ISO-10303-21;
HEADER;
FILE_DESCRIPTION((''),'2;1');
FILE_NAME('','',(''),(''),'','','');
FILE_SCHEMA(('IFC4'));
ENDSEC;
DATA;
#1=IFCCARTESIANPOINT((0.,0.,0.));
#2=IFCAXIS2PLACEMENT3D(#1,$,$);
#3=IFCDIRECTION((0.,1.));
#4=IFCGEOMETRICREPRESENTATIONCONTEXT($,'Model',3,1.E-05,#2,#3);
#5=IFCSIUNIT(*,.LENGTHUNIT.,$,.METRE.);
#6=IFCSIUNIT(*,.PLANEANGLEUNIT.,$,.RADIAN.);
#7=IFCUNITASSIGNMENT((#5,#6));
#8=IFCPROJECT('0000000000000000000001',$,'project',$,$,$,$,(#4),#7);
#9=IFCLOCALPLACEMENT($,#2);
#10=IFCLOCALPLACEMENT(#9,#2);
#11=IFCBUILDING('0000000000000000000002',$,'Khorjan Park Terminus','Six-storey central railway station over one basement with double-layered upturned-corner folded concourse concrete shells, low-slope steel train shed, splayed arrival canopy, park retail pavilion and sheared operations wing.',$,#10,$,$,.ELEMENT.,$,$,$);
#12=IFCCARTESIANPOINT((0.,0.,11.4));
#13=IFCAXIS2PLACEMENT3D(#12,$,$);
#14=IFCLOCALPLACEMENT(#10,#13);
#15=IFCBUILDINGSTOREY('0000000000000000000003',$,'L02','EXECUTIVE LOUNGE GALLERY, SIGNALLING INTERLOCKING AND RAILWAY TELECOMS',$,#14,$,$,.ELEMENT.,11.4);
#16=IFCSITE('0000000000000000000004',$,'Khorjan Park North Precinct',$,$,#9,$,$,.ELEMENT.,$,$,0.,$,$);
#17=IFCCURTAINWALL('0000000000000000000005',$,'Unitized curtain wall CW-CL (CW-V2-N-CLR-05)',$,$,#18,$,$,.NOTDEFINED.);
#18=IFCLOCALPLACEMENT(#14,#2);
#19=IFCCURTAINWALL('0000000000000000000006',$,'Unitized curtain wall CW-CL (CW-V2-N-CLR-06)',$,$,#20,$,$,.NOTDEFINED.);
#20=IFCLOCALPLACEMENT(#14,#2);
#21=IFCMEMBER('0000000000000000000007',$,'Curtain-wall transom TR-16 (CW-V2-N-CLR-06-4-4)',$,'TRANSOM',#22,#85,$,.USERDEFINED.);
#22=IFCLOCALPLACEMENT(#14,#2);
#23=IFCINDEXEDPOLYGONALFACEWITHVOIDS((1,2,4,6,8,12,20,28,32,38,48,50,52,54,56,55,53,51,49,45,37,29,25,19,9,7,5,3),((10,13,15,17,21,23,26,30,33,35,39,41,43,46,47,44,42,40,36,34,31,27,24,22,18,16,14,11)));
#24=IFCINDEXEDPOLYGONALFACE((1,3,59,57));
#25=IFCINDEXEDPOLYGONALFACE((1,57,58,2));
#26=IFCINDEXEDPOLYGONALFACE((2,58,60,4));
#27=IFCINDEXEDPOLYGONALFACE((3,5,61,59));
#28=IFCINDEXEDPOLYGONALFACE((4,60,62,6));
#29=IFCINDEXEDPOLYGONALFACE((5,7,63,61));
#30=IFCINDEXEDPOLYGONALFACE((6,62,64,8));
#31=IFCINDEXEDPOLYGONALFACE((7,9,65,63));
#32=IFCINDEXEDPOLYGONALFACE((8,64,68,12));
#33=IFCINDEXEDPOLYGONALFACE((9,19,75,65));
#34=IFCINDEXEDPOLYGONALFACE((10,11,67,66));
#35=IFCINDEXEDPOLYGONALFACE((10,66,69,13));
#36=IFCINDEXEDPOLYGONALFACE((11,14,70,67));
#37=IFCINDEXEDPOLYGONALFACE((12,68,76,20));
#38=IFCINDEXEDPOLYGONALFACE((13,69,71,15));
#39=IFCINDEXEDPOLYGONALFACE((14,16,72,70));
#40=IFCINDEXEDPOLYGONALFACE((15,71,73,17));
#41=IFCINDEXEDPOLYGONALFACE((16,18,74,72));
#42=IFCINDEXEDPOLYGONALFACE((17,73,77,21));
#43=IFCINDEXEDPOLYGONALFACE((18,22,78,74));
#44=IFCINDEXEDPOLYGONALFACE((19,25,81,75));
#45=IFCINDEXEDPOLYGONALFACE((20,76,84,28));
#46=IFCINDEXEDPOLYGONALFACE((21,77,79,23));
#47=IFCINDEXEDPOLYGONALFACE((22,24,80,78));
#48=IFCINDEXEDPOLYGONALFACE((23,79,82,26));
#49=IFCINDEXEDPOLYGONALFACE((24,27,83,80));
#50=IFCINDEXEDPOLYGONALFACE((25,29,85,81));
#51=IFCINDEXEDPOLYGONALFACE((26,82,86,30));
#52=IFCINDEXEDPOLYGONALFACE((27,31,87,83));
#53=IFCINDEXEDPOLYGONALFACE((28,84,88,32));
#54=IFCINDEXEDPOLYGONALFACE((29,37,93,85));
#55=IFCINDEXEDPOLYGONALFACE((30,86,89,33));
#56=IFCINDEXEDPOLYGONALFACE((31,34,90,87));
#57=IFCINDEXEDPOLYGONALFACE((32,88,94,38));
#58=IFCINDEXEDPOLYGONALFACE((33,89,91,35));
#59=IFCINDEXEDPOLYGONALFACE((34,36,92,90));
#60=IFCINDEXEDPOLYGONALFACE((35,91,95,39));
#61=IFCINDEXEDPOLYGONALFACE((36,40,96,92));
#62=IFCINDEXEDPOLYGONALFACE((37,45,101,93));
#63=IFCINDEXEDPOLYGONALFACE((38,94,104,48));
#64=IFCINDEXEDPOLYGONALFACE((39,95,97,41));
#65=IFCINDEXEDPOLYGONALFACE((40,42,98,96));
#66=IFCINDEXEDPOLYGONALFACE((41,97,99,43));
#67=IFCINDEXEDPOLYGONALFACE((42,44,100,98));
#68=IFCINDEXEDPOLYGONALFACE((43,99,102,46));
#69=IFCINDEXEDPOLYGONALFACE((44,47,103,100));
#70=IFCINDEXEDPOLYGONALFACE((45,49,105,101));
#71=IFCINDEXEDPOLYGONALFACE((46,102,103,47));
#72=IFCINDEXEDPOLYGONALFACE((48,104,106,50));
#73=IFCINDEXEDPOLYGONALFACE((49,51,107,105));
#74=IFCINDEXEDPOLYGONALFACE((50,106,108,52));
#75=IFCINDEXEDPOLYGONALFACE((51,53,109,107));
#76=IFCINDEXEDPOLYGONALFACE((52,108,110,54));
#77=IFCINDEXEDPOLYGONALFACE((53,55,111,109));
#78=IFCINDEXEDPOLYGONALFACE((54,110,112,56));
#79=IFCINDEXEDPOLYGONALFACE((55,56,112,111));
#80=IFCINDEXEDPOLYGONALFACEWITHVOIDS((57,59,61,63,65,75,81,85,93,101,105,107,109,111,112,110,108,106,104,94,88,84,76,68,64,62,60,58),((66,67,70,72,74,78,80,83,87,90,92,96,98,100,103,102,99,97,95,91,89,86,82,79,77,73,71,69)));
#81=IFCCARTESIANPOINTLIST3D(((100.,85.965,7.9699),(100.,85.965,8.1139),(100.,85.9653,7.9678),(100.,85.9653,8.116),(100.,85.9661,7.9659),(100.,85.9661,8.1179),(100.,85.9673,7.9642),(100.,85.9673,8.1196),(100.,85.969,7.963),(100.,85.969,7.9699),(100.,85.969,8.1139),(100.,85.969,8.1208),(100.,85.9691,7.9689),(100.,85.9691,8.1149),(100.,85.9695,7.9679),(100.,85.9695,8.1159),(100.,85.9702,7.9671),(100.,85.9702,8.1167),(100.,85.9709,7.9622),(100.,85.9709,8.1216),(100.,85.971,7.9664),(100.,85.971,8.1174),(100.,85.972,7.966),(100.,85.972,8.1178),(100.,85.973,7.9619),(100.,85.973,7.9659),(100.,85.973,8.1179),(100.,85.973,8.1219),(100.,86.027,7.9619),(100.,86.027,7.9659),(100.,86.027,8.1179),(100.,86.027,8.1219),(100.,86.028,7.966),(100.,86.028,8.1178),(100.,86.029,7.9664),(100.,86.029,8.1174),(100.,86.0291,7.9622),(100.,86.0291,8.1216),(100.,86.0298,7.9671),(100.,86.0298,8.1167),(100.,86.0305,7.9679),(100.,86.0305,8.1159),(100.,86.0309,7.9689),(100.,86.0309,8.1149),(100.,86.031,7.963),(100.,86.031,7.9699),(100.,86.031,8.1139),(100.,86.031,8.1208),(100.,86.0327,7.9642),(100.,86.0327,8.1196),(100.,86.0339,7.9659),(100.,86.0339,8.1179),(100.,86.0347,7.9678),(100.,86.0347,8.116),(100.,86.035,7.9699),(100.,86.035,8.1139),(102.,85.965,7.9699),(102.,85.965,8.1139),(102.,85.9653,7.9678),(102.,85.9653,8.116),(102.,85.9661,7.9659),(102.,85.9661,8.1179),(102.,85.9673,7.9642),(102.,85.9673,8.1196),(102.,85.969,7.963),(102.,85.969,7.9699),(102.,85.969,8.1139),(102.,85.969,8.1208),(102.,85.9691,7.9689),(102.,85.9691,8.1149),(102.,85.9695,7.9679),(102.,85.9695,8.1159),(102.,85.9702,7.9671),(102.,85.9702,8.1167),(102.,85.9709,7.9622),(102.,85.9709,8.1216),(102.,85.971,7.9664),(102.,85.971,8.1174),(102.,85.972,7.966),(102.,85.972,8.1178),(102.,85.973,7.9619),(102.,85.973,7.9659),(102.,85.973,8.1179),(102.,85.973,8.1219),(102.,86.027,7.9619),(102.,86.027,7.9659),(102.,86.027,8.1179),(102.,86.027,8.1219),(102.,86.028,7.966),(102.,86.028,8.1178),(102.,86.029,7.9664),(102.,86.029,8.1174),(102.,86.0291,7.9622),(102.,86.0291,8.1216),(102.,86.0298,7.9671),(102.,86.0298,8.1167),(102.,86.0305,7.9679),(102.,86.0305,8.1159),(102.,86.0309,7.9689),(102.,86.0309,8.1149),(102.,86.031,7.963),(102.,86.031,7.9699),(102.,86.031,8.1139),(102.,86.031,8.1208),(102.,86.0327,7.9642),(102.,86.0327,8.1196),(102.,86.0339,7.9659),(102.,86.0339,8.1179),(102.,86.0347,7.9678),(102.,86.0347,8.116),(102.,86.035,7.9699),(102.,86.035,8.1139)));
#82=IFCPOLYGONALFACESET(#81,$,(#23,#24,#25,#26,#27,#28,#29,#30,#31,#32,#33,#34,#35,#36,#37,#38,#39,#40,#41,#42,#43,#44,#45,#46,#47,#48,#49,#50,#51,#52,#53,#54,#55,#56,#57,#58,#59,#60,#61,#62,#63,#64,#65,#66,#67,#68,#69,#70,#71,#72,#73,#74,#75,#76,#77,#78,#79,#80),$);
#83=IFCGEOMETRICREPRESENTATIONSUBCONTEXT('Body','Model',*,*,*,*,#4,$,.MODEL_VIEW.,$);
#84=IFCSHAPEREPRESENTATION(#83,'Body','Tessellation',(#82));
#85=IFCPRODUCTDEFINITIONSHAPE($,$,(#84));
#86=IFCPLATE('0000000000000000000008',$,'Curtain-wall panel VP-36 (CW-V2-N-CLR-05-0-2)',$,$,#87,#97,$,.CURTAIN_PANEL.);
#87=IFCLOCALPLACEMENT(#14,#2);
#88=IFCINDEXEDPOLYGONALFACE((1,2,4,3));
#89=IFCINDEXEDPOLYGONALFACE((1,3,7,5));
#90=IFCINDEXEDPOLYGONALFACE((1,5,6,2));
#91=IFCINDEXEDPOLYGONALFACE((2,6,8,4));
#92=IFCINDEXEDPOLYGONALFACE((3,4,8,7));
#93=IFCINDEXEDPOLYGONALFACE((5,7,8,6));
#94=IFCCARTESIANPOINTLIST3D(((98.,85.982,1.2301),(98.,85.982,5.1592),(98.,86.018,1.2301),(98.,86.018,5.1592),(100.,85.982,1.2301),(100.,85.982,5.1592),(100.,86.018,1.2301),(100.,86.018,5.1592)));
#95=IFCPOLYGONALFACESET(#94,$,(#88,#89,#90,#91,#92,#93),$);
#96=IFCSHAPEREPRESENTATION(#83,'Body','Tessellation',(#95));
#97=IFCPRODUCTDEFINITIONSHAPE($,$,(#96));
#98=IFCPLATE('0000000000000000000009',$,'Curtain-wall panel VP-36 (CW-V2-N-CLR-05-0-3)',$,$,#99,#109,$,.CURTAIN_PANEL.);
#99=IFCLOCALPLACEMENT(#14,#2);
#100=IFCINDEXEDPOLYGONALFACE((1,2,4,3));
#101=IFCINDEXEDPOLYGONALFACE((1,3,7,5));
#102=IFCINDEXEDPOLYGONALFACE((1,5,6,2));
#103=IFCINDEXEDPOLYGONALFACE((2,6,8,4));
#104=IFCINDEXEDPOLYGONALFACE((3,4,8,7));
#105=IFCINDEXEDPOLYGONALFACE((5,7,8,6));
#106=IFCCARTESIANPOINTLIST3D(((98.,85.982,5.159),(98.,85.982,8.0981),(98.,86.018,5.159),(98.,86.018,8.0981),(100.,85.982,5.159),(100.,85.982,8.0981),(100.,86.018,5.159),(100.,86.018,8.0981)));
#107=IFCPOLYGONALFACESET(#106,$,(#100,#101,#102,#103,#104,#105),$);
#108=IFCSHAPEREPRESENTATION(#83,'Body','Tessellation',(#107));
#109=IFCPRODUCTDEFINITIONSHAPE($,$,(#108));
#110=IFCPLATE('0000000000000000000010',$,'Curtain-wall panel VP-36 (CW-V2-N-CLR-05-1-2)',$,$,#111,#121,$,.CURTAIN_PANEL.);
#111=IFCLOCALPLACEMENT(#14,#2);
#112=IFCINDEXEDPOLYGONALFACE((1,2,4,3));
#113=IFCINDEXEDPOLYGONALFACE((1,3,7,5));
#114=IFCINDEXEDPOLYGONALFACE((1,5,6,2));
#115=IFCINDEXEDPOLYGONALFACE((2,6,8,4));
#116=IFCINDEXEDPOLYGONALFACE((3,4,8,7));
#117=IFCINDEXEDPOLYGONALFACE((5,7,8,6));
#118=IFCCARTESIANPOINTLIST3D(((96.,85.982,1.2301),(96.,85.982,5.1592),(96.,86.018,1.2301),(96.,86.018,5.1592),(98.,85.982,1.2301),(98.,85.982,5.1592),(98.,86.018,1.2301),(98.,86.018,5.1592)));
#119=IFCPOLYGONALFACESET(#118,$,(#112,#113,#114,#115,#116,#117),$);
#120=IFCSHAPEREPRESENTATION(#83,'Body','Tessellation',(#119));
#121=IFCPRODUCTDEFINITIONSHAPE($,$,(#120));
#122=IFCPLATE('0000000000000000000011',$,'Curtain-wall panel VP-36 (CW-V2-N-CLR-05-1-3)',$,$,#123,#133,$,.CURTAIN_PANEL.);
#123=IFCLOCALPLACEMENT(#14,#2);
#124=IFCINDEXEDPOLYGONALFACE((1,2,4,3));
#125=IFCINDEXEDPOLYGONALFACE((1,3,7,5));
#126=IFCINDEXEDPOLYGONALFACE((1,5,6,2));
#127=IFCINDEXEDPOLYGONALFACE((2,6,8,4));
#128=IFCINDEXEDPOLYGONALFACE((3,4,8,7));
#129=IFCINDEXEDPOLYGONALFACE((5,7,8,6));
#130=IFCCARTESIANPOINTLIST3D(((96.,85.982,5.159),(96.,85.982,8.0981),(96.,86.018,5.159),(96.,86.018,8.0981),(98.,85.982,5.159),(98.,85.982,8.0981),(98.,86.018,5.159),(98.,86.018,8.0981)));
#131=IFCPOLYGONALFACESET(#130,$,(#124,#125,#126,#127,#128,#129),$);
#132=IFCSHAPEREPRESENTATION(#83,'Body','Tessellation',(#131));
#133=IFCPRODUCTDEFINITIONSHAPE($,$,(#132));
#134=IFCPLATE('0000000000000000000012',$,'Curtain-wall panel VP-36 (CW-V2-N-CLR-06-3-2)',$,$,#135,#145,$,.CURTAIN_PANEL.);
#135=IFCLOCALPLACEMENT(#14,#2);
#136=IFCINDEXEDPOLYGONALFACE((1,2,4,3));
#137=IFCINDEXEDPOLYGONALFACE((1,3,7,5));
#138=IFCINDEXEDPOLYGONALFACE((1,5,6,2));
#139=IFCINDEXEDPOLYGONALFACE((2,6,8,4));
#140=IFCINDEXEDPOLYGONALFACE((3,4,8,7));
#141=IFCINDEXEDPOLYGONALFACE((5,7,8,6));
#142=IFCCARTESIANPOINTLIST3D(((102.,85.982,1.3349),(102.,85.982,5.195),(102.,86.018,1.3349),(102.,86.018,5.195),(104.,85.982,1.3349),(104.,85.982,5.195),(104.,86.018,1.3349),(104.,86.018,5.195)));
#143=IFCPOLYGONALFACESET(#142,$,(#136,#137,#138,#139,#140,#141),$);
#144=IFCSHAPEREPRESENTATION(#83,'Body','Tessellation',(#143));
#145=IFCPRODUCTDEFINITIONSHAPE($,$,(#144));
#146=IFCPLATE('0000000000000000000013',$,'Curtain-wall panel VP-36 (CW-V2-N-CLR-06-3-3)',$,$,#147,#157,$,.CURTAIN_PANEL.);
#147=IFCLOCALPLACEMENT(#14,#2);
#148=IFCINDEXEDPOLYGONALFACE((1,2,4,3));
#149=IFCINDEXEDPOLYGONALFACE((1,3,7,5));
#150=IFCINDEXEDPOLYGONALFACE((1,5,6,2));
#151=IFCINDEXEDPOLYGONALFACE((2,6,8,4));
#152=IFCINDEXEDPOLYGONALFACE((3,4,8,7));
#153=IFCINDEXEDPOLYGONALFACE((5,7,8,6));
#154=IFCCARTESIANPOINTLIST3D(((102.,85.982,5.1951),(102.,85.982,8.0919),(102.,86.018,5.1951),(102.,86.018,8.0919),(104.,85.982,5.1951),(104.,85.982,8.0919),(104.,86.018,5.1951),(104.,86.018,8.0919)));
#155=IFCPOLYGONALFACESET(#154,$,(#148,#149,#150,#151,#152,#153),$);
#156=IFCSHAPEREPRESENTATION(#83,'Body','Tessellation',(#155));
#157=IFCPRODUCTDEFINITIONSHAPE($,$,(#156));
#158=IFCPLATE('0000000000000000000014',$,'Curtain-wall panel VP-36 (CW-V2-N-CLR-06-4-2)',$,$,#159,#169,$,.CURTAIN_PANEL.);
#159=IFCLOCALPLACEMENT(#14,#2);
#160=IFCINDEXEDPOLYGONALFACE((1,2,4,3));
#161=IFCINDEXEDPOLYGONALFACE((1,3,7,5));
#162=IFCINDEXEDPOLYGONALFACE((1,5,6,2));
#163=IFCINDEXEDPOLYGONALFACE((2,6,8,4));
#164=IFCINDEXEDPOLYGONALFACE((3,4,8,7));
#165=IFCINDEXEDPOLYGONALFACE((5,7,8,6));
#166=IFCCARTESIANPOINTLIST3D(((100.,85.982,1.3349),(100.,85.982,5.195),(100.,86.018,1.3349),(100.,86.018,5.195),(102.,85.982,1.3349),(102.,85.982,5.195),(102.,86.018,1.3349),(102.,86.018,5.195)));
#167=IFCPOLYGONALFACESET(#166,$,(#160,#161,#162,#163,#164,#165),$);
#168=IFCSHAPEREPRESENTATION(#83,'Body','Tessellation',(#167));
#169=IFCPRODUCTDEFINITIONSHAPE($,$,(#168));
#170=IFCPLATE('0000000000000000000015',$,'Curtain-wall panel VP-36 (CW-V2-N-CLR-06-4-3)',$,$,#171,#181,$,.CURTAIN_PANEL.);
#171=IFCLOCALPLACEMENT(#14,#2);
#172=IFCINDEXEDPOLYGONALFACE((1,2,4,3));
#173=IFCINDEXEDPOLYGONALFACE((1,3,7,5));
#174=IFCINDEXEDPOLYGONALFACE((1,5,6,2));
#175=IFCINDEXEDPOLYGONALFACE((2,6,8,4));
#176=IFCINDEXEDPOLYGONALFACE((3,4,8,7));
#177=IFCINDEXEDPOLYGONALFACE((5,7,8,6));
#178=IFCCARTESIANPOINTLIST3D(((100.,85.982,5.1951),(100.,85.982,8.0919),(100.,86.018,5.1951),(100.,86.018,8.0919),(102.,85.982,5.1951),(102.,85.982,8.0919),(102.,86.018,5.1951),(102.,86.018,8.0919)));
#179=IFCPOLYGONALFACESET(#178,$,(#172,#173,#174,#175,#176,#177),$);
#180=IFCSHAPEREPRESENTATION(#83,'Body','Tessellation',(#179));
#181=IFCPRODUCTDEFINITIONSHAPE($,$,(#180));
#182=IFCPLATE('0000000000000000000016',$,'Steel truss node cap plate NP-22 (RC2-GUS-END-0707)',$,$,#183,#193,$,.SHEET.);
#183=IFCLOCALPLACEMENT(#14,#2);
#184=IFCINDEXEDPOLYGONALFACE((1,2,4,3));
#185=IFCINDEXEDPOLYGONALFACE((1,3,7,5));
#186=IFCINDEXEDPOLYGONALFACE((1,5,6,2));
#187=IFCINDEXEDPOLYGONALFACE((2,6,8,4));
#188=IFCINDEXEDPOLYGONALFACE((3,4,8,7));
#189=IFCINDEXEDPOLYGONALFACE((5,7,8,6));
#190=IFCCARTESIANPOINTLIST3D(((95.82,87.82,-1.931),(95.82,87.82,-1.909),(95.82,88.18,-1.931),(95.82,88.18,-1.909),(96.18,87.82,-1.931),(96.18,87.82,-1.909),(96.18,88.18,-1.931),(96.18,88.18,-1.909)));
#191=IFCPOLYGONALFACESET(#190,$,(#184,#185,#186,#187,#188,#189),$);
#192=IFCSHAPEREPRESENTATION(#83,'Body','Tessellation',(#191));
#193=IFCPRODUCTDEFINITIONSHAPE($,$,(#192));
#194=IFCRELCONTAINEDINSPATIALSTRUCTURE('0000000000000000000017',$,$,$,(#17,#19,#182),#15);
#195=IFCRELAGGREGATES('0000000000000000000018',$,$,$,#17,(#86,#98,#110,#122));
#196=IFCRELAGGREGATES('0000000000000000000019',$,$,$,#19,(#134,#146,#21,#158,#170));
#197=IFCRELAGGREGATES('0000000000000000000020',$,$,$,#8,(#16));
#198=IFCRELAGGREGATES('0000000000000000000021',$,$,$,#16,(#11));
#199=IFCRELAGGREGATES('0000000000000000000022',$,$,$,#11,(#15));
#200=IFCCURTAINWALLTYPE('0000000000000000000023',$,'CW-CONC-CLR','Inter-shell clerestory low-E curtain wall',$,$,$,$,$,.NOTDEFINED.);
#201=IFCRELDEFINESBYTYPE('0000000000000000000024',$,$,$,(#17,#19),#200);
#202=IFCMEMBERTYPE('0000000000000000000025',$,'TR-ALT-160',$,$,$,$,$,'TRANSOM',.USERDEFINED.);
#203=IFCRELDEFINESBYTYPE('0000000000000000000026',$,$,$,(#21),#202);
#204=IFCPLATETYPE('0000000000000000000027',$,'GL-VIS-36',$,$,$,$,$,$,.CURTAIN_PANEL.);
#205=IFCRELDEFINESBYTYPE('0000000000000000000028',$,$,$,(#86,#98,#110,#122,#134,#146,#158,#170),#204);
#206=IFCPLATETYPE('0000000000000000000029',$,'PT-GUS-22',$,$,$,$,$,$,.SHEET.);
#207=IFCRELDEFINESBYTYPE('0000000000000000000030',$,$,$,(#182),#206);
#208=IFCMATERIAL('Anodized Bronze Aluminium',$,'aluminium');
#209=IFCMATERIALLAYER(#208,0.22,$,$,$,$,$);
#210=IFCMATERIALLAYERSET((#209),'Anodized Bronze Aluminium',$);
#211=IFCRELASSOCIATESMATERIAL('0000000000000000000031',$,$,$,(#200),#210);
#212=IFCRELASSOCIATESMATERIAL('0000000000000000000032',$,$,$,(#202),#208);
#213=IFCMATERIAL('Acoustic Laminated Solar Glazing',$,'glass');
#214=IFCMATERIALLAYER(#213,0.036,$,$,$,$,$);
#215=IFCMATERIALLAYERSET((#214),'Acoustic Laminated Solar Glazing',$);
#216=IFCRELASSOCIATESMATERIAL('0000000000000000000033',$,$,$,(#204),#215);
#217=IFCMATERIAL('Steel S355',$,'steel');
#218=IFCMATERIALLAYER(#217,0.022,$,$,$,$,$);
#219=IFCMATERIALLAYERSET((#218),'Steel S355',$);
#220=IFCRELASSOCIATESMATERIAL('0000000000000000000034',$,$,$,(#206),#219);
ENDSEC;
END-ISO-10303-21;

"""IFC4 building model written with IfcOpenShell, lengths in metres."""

from ifc_helpers import new_model, si_unit, direction, frame, origin, origin_2d, place, context, subcontext, project, spatial, rectangle, hollow_rectangle, extrude, material, layer, layer_set, material_profile, profile_set, type_object, element, aggregate, save


model = new_model("IFC4")

# Units and contexts
model_context = context("Model", 3, precision=1e-05, world=origin(), true_north=direction((0.0, 1.0)))
body_context = subcontext(model_context, "Body", "Model", "MODEL_VIEW")
ifc_project = project(units=[si_unit("LENGTHUNIT", "METRE"), si_unit("PLANEANGLEUNIT", "RADIAN")], contexts=[model_context])

# Site, building, storey
site_placement = place(None, origin())
site = spatial("IfcSite", under=ifc_project, at=site_placement, Name="Khorjan Park North Precinct", CompositionType="ELEMENT", RefElevation=0.0)
building_placement = place(site_placement, origin())
building = spatial("IfcBuilding", under=site, at=building_placement, Name="Khorjan Park Terminus", Description="Six-storey central railway station over one basement with double-layered upturned-corner folded concourse concrete shells, low-slope steel train shed, splayed arrival canopy, park retail pavilion and sheared operations wing.", CompositionType="ELEMENT")
storey_placement = place(building_placement, frame((0.0, 0.0, 11.4)))
storey = spatial("IfcBuildingStorey", under=building, at=storey_placement, Name="L02", Description="EXECUTIVE LOUNGE GALLERY, SIGNALLING INTERLOCKING AND RAILWAY TELECOMS", CompositionType="ELEMENT", Elevation=11.4)

# Shared definitions
ifc_material_1 = material(Name="Steel S355", Category="steel")

# Curtain wall
ifc_material_2 = material(Name="Anodized Bronze Aluminium", Category="aluminium")
ifc_layer_1 = layer(ifc_material_2, 0.22)
ifc_layer_set_1 = layer_set([ifc_layer_1], Name="Anodized Bronze Aluminium")
curtain_wall_type = type_object("IfcCurtainWallType", Name="CW-CONC-CLR", Description="Inter-shell clerestory low-E curtain wall", PredefinedType="NOTDEFINED", material=ifc_layer_set_1)
curtain_wall_1_placement = place(storey_placement, origin())
curtain_wall_1 = element("IfcCurtainWall", 1, at=curtain_wall_1_placement, inside=storey, type_object=curtain_wall_type, Name="Unitized curtain wall CW-CL (CW-V2-N-CLR-05)", PredefinedType="NOTDEFINED")

# Curtain wall
curtain_wall_2_placement = place(storey_placement, origin())
curtain_wall_2 = element("IfcCurtainWall", 2, at=curtain_wall_2_placement, inside=storey, type_object=curtain_wall_type, Name="Unitized curtain wall CW-CL (CW-V2-N-CLR-06)", PredefinedType="NOTDEFINED")

# Member
ifc_material_profile_1 = material_profile(ifc_material_2, hollow_rectangle(XDim=0.07, YDim=0.16, WallThickness=0.004, InnerFilletRadius=0.004, OuterFilletRadius=0.008, at=origin_2d()), Name="ALT 70x160x4")
ifc_profile_set_1 = profile_set([ifc_material_profile_1], Name="Anodized Bronze Aluminium")
member_type_1 = type_object("IfcMemberType", Name="TR-ALT-160", ElementType="TRANSOM", PredefinedType="USERDEFINED", material=ifc_profile_set_1)
member_1_placement = place(storey_placement, frame((102.0, 86.0, 8.0419), z_axis=(-1.0, 0.0, 0.0), x_axis=(0.0, -1.0, 0.0)))
member_1 = element("IfcMember", 3, at=member_1_placement, type_object=member_type_1, Name="Curtain-wall transom TR-16 (CW-V2-N-CLR-06-4-4)", ObjectType="TRANSOM", PredefinedType="USERDEFINED", context=body_context, shape_type="SweptSolid", body=[
    extrude(hollow_rectangle(XDim=0.07, YDim=0.16, WallThickness=0.004, InnerFilletRadius=0.004, OuterFilletRadius=0.008, at=origin_2d()), origin(), (0.0, 0.0, 1.0), 2.0),
])

# Plates
ifc_material_3 = material(Name="Acoustic Laminated Solar Glazing", Category="glass")
ifc_layer_2 = layer(ifc_material_3, 0.036)
ifc_layer_set_2 = layer_set([ifc_layer_2], Name="Acoustic Laminated Solar Glazing")
plate_type_1 = type_object("IfcPlateType", Name="GL-VIS-36", PredefinedType="CURTAIN_PANEL", material=ifc_layer_set_2)
plate_1_placement = place(storey_placement, frame((99.0, 86.0, 1.2301), z_axis=(0.0, 0.0, 1.0), x_axis=(-1.0, 0.0, 0.0)))
plate_1 = element("IfcPlate", 4, at=plate_1_placement, type_object=plate_type_1, Name="Curtain-wall panel VP-36 (CW-V2-N-CLR-05-0-2)", PredefinedType="CURTAIN_PANEL", context=body_context, shape_type="SweptSolid", body=[
    extrude(rectangle(XDim=2.0, YDim=0.036, at=origin_2d()), origin(), (0.0, 0.0, 1.0), 3.9291),
])
plate_2_placement = place(storey_placement, frame((99.0, 86.0, 5.159), z_axis=(0.0, 0.0, 1.0), x_axis=(-1.0, 0.0, 0.0)))
plate_2 = element("IfcPlate", 5, at=plate_2_placement, type_object=plate_type_1, Name="Curtain-wall panel VP-36 (CW-V2-N-CLR-05-0-3)", PredefinedType="CURTAIN_PANEL", context=body_context, shape_type="SweptSolid", body=[
    extrude(rectangle(XDim=2.0, YDim=0.036, at=origin_2d()), origin(), (0.0, 0.0, 1.0), 2.9391),
])
plate_3_placement = place(storey_placement, frame((97.0, 86.0, 1.2301), z_axis=(0.0, 0.0, 1.0), x_axis=(-1.0, 0.0, 0.0)))
plate_3 = element("IfcPlate", 6, at=plate_3_placement, type_object=plate_type_1, Name="Curtain-wall panel VP-36 (CW-V2-N-CLR-05-1-2)", PredefinedType="CURTAIN_PANEL", context=body_context, shape_type="SweptSolid", body=[
    extrude(rectangle(XDim=2.0, YDim=0.036, at=origin_2d()), origin(), (0.0, 0.0, 1.0), 3.9291),
])
plate_4_placement = place(storey_placement, frame((97.0, 86.0, 5.159), z_axis=(0.0, 0.0, 1.0), x_axis=(-1.0, 0.0, 0.0)))
plate_4 = element("IfcPlate", 7, at=plate_4_placement, type_object=plate_type_1, Name="Curtain-wall panel VP-36 (CW-V2-N-CLR-05-1-3)", PredefinedType="CURTAIN_PANEL", context=body_context, shape_type="SweptSolid", body=[
    extrude(rectangle(XDim=2.0, YDim=0.036, at=origin_2d()), origin(), (0.0, 0.0, 1.0), 2.9391),
])
plate_5_placement = place(storey_placement, frame((103.0, 86.0, 1.3349), z_axis=(0.0, 0.0, 1.0), x_axis=(-1.0, 0.0, 0.0)))
plate_5 = element("IfcPlate", 8, at=plate_5_placement, type_object=plate_type_1, Name="Curtain-wall panel VP-36 (CW-V2-N-CLR-06-3-2)", PredefinedType="CURTAIN_PANEL", context=body_context, shape_type="SweptSolid", body=[
    extrude(rectangle(XDim=2.0, YDim=0.036, at=origin_2d()), origin(), (0.0, 0.0, 1.0), 3.8601),
])
plate_6_placement = place(storey_placement, frame((103.0, 86.0, 5.1951), z_axis=(0.0, 0.0, 1.0), x_axis=(-1.0, 0.0, 0.0)))
plate_6 = element("IfcPlate", 9, at=plate_6_placement, type_object=plate_type_1, Name="Curtain-wall panel VP-36 (CW-V2-N-CLR-06-3-3)", PredefinedType="CURTAIN_PANEL", context=body_context, shape_type="SweptSolid", body=[
    extrude(rectangle(XDim=2.0, YDim=0.036, at=origin_2d()), origin(), (0.0, 0.0, 1.0), 2.8968),
])
plate_7_placement = place(storey_placement, frame((101.0, 86.0, 1.3349), z_axis=(0.0, 0.0, 1.0), x_axis=(-1.0, 0.0, 0.0)))
plate_7 = element("IfcPlate", 10, at=plate_7_placement, type_object=plate_type_1, Name="Curtain-wall panel VP-36 (CW-V2-N-CLR-06-4-2)", PredefinedType="CURTAIN_PANEL", context=body_context, shape_type="SweptSolid", body=[
    extrude(rectangle(XDim=2.0, YDim=0.036, at=origin_2d()), origin(), (0.0, 0.0, 1.0), 3.8601),
])
plate_8_placement = place(storey_placement, frame((101.0, 86.0, 5.1951), z_axis=(0.0, 0.0, 1.0), x_axis=(-1.0, 0.0, 0.0)))
plate_8 = element("IfcPlate", 11, at=plate_8_placement, type_object=plate_type_1, Name="Curtain-wall panel VP-36 (CW-V2-N-CLR-06-4-3)", PredefinedType="CURTAIN_PANEL", context=body_context, shape_type="SweptSolid", body=[
    extrude(rectangle(XDim=2.0, YDim=0.036, at=origin_2d()), origin(), (0.0, 0.0, 1.0), 2.8968),
])

# Plate
ifc_layer_3 = layer(ifc_material_1, 0.022)
ifc_layer_set_3 = layer_set([ifc_layer_3], Name="Steel S355")
plate_type_2 = type_object("IfcPlateType", Name="PT-GUS-22", PredefinedType="SHEET", material=ifc_layer_set_3)
plate_9_placement = place(storey_placement, frame((96.0, 88.0, -1.931), z_axis=(0.0, 0.0, 1.0), x_axis=(1.0, 0.0, 0.0)))
element("IfcPlate", 12, at=plate_9_placement, inside=storey, type_object=plate_type_2, Name="Steel truss node cap plate NP-22 (RC2-GUS-END-0707)", PredefinedType="SHEET", context=body_context, shape_type="SweptSolid", body=[
    extrude(rectangle(XDim=0.36, YDim=0.36, at=origin_2d()), origin(), (0.0, 0.0, 1.0), 0.022),
])

aggregate(curtain_wall_1, [plate_1, plate_2, plate_3, plate_4])
aggregate(curtain_wall_2, [plate_5, plate_6, member_1, plate_7, plate_8])

save(model, "model.ifc")
